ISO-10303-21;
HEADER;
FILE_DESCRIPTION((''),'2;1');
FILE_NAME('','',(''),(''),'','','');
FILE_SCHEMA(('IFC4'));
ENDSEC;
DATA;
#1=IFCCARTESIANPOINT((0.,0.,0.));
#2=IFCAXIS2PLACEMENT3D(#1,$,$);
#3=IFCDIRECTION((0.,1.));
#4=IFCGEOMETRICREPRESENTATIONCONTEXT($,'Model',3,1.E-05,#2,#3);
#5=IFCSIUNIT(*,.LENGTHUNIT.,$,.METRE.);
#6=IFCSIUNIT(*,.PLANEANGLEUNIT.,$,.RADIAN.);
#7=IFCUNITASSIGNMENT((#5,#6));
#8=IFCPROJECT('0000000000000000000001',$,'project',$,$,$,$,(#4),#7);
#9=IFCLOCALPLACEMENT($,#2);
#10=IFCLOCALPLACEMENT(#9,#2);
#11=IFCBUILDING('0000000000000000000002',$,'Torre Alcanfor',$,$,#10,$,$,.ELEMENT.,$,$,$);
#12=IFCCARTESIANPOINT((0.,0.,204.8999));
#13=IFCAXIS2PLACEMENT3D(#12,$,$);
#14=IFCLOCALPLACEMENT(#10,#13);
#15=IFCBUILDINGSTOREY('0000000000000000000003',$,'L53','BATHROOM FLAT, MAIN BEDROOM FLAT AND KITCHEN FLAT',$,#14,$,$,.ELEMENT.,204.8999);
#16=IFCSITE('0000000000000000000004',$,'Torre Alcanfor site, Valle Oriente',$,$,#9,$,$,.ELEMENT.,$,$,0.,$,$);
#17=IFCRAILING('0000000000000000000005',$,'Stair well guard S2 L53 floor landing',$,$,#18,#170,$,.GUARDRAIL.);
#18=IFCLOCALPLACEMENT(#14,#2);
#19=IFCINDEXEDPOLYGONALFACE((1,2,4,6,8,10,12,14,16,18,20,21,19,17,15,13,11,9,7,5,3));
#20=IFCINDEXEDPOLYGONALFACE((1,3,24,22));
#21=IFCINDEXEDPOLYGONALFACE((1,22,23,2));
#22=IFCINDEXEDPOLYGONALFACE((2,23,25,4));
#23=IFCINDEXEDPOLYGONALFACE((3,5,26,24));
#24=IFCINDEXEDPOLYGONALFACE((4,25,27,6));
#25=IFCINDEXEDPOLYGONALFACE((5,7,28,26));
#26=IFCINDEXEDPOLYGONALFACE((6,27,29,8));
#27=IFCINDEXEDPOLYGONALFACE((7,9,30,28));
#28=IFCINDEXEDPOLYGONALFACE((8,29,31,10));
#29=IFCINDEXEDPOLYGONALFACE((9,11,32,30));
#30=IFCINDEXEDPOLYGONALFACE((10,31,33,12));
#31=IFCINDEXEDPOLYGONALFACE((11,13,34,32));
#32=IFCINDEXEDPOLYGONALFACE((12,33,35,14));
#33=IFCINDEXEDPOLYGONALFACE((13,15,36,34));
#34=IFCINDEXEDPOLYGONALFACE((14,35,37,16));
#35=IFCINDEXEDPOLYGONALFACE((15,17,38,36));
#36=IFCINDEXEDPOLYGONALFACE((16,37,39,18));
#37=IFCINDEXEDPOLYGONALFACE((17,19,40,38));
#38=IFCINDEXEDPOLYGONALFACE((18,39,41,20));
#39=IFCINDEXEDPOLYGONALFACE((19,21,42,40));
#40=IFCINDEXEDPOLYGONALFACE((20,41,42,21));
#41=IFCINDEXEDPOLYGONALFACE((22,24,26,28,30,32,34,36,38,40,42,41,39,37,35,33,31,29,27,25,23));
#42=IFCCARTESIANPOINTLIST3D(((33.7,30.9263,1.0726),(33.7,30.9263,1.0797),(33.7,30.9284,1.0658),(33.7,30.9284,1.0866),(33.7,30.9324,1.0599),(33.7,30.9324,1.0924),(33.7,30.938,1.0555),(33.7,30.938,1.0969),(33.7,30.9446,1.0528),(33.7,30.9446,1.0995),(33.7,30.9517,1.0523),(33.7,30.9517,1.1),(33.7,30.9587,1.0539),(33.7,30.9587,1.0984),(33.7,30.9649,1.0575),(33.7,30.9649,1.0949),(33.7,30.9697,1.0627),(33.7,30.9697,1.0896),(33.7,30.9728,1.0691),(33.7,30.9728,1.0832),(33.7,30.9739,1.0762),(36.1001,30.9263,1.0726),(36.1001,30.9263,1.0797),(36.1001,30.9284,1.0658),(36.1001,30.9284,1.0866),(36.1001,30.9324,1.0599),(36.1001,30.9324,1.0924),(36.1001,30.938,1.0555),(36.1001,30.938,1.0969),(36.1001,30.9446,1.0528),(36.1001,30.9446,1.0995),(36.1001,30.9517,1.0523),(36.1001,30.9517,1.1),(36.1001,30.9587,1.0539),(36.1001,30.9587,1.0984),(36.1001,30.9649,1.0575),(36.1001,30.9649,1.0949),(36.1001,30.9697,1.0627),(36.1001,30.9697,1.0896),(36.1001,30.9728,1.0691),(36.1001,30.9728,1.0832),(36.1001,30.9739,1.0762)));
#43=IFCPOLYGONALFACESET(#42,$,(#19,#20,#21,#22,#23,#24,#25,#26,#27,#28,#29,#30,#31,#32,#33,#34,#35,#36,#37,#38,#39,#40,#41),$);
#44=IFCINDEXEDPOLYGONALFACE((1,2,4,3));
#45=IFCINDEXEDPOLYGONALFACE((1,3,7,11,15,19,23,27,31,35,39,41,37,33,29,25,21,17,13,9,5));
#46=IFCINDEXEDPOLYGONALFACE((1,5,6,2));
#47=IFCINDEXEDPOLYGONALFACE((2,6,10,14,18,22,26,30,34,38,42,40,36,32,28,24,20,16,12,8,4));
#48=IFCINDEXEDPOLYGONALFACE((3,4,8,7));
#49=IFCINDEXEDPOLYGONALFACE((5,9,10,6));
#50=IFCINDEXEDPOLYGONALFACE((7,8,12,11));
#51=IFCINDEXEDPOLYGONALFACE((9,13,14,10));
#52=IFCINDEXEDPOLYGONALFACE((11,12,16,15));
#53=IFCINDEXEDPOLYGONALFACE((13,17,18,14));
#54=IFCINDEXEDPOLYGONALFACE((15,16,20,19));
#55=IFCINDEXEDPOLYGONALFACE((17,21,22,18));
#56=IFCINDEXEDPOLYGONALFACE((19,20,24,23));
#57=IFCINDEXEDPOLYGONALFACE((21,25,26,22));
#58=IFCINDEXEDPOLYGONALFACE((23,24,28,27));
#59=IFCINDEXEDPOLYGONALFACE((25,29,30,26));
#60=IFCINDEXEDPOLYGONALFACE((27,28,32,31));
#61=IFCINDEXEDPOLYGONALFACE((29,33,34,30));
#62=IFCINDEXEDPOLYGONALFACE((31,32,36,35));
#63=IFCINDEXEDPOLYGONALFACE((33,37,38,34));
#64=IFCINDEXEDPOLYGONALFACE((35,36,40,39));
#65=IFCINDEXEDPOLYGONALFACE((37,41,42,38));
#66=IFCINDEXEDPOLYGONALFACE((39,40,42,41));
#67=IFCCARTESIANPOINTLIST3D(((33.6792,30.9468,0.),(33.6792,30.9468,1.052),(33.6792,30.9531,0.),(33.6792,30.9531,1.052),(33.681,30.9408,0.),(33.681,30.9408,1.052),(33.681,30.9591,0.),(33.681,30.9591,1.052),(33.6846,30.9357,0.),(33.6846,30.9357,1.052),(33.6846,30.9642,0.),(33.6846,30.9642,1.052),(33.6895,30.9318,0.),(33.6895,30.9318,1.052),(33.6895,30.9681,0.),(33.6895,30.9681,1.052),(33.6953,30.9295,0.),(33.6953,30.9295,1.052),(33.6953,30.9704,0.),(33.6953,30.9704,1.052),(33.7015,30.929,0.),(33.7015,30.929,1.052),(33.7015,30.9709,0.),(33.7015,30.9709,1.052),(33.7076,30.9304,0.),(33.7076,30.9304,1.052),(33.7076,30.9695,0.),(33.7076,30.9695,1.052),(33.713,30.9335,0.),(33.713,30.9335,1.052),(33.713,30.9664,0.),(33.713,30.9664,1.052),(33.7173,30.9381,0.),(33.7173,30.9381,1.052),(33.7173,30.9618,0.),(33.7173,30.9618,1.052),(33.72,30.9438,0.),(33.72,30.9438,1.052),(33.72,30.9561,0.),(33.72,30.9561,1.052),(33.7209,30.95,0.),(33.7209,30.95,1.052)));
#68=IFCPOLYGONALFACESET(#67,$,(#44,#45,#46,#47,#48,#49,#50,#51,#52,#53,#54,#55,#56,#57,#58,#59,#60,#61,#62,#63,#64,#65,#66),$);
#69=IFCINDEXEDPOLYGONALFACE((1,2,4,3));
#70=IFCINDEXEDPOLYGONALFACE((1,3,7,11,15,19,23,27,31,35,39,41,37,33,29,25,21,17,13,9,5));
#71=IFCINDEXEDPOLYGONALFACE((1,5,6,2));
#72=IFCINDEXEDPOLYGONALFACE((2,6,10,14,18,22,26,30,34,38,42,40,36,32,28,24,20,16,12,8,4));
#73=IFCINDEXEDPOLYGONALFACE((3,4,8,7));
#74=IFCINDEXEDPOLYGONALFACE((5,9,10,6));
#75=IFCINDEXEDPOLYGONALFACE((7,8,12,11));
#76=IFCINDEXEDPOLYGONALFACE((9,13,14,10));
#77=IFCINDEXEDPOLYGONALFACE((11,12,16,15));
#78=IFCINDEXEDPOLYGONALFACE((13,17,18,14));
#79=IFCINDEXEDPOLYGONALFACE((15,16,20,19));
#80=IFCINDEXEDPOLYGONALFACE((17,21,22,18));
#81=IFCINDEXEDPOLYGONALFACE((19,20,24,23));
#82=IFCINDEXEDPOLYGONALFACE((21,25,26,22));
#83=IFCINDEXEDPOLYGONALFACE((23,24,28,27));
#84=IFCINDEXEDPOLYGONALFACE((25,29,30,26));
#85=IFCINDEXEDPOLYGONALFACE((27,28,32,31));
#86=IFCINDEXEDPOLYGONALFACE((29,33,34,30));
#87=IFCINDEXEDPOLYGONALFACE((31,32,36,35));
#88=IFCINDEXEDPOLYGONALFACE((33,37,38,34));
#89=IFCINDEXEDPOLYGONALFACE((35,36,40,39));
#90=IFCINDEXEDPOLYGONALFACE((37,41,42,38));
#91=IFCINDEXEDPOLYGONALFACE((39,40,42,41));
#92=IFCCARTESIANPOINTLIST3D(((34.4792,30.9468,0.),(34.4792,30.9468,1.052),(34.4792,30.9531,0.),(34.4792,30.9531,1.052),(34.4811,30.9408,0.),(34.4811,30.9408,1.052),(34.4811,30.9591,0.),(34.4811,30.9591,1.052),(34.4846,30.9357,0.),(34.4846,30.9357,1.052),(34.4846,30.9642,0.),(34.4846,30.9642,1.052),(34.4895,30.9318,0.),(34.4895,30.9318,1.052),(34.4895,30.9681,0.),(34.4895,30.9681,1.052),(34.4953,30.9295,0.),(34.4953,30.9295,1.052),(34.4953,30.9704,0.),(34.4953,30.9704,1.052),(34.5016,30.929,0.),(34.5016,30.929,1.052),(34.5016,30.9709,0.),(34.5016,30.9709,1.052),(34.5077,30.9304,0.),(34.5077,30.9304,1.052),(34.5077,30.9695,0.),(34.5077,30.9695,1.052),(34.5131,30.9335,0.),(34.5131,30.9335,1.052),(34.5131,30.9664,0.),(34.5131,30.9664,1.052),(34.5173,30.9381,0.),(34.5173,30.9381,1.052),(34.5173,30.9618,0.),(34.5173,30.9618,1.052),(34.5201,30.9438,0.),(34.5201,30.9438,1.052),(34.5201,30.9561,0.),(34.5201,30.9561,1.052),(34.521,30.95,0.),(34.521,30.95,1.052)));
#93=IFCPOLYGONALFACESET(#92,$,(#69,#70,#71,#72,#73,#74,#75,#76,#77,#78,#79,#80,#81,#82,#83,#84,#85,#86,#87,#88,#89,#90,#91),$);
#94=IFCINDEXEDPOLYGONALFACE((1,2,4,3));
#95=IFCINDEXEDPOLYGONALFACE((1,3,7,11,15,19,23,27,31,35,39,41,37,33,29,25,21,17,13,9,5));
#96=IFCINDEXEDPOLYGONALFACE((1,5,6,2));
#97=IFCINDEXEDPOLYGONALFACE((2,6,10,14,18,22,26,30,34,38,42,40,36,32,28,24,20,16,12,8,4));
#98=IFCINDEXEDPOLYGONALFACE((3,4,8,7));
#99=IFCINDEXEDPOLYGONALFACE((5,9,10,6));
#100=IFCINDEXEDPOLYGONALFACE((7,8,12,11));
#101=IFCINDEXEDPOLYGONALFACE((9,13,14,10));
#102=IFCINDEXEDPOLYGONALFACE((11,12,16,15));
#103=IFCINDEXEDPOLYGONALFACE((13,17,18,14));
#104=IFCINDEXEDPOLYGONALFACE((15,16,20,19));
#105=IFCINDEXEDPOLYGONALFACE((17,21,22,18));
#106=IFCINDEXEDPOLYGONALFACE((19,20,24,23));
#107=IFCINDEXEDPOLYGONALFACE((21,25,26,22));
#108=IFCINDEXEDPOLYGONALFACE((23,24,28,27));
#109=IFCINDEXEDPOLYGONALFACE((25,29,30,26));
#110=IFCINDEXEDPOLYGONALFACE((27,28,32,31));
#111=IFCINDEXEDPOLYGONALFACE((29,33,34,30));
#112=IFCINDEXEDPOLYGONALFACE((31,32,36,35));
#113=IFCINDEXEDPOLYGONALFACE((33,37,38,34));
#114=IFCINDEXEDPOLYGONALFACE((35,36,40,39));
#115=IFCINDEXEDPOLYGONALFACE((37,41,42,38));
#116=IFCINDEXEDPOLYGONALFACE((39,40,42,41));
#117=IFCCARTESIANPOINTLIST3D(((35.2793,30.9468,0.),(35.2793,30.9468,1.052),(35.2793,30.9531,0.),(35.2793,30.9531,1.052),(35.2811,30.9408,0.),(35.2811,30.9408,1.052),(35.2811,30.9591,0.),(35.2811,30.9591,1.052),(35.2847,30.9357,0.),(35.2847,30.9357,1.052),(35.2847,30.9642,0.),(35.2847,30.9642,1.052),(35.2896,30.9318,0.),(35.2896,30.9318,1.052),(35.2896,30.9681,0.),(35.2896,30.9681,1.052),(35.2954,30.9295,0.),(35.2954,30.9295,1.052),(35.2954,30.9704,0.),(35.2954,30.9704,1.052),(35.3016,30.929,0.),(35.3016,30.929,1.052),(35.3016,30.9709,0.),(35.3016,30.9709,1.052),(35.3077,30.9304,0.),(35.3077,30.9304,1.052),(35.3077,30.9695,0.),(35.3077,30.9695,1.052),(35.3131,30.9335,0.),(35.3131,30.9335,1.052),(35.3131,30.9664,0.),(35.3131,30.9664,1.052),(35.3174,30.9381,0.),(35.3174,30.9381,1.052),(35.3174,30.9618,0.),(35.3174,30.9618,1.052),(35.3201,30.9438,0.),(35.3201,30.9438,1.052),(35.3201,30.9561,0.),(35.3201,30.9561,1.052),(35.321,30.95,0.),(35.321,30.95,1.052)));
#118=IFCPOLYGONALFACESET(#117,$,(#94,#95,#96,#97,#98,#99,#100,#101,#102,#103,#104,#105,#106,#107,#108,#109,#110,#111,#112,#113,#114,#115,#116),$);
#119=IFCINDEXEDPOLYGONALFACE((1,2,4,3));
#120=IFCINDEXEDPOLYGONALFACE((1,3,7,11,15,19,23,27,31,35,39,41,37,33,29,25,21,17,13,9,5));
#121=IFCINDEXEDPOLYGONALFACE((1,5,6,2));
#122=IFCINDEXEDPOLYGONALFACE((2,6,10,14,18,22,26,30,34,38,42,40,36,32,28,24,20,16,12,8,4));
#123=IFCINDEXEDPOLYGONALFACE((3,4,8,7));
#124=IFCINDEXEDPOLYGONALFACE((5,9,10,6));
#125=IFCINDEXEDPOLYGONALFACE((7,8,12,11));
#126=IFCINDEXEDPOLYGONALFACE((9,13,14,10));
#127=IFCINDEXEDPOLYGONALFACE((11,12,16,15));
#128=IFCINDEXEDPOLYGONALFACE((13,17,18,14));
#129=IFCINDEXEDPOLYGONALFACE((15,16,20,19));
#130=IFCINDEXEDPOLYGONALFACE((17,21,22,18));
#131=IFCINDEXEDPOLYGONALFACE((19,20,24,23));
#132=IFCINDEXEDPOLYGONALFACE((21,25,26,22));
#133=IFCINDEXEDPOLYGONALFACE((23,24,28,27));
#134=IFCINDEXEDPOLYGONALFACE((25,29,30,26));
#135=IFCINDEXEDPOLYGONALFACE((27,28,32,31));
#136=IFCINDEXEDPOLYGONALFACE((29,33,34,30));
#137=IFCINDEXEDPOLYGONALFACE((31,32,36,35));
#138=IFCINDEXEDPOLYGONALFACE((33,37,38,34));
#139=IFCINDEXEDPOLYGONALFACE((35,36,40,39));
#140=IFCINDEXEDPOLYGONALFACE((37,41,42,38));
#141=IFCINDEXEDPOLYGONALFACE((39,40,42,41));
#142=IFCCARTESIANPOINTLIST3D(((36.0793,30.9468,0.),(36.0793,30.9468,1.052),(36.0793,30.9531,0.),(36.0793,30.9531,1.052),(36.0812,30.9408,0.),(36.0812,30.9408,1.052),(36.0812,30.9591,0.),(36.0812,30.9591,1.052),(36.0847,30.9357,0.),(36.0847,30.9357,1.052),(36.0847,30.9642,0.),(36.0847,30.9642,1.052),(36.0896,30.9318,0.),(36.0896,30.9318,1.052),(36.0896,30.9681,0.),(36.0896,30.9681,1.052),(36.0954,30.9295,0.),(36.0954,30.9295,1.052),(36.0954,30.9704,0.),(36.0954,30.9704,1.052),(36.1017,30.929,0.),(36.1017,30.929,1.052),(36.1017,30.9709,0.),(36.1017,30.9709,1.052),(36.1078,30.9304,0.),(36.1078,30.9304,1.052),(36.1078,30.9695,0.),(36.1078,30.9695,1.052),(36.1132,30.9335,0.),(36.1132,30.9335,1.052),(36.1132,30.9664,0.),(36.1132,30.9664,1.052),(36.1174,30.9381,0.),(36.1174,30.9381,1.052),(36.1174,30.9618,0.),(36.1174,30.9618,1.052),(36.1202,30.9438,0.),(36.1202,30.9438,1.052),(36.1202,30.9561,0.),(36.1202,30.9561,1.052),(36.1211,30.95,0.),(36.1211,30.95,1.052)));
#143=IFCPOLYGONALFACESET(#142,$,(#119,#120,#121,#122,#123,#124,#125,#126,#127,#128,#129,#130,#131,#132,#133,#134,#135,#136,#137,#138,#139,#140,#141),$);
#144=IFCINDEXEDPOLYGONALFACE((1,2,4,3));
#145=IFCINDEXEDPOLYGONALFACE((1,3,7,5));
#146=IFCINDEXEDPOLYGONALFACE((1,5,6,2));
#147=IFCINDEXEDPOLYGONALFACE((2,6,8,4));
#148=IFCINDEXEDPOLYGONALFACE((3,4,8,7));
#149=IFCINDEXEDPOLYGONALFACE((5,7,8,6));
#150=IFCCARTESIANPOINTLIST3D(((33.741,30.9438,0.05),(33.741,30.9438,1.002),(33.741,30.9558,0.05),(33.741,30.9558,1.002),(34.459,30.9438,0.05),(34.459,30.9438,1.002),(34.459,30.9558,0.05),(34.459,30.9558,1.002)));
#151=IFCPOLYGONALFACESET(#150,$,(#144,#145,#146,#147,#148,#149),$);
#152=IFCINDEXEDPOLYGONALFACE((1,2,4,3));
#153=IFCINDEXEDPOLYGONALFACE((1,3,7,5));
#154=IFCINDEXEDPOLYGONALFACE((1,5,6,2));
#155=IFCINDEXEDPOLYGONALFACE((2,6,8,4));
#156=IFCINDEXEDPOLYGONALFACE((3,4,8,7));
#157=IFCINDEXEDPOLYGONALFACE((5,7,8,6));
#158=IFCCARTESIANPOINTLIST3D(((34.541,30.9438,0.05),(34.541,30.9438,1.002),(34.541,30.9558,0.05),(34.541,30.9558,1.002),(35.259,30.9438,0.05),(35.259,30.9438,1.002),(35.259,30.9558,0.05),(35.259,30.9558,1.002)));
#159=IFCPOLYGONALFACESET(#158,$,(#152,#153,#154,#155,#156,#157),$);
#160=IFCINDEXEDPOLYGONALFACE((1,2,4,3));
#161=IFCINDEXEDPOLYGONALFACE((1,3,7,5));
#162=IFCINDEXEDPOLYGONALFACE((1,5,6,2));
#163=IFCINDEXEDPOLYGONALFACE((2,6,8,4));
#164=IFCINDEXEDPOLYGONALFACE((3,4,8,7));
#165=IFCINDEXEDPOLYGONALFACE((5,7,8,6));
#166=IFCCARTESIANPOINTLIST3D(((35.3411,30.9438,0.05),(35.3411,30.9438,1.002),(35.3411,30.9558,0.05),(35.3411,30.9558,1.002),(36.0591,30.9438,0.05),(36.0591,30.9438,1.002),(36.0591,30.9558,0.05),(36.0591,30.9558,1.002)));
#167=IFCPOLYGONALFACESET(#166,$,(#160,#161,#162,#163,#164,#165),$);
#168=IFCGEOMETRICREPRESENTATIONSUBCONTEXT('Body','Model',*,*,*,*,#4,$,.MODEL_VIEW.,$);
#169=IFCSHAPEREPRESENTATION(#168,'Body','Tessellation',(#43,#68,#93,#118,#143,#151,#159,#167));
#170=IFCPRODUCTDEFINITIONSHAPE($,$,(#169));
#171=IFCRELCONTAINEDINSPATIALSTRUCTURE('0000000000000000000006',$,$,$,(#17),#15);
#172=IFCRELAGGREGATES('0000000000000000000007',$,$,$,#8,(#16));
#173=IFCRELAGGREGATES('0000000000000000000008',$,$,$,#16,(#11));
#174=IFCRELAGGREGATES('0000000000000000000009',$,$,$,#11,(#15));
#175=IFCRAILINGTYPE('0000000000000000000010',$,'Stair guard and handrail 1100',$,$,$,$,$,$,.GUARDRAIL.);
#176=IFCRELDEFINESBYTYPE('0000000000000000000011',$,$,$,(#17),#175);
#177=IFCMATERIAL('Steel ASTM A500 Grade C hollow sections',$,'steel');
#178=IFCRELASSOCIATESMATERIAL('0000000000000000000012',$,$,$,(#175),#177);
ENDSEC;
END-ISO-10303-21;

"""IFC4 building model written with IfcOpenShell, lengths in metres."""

from ifc_helpers import new_model, si_unit, direction, frame, origin, origin_2d, place, context, subcontext, project, spatial, polyline, circle, outline, extrude, material, type_object, element, save


model = new_model("IFC4")

# Units and contexts
model_context = context("Model", 3, precision=1e-05, world=origin(), true_north=direction((0.0, 1.0)))
body_context = subcontext(model_context, "Body", "Model", "MODEL_VIEW")
ifc_project = project(units=[si_unit("LENGTHUNIT", "METRE"), si_unit("PLANEANGLEUNIT", "RADIAN")], contexts=[model_context])

# Site, building, storey
site_placement = place(None, origin())
site = spatial("IfcSite", under=ifc_project, at=site_placement, Name="Torre Alcanfor site, Valle Oriente", CompositionType="ELEMENT", RefElevation=0.0)
building_placement = place(site_placement, origin())
building = spatial("IfcBuilding", under=site, at=building_placement, Name="Torre Alcanfor", CompositionType="ELEMENT")
storey_placement = place(building_placement, frame((0.0, 0.0, 204.8999)))
storey = spatial("IfcBuildingStorey", under=building, at=storey_placement, Name="L53", Description="BATHROOM FLAT, MAIN BEDROOM FLAT AND KITCHEN FLAT", CompositionType="ELEMENT", Elevation=204.8999)

# Railing
ifc_material_1 = material(Name="Steel ASTM A500 Grade C hollow sections", Category="steel")
railing_type_1 = type_object("IfcRailingType", Name="Stair guard and handrail 1100", PredefinedType="GUARDRAIL", material=ifc_material_1)
for number, where, name in (
    (1, (33.7, 30.95, 0.0), "Stair well guard S2 L53 floor landing"),
):
    element("IfcRailing", number, at=place(storey_placement, frame(where)), inside=storey, type_object=railing_type_1, Name=name, PredefinedType="GUARDRAIL", context=body_context, shape_type="SweptSolid", body=[
        extrude(circle(Radius=0.0239, at=origin_2d()), frame((0.0, 0.0, 1.0762), z_axis=(1.0, 0.0, 0.0), x_axis=(0.0, 1.0, 0.0)), (0.0, 0.0, 1.0), 2.4001),
        extrude(circle(Radius=0.021, at=origin_2d()), origin(), (0.0, 0.0, 1.0), 1.052),
        extrude(circle(Radius=0.021, at=origin_2d()), frame((0.8, 0.0, 0.0)), (0.0, 0.0, 1.0), 1.052),
        extrude(circle(Radius=0.021, at=origin_2d()), frame((1.6001, 0.0, 0.0)), (0.0, 0.0, 1.0), 1.052),
        extrude(circle(Radius=0.021, at=origin_2d()), frame((2.4001, 0.0, 0.0)), (0.0, 0.0, 1.0), 1.052),
        extrude(outline(polyline([(0.041, 0.05), (0.759, 0.05), (0.759, 1.002), (0.041, 1.002), (0.041, 0.05)])), frame((0.0, 0.0059, 0.0), z_axis=(0.0, -1.0, 0.0), x_axis=(1.0, 0.0, 0.0)), (0.0, 0.0, 1.0), 0.012),
        extrude(outline(polyline([(0.8411, 0.05), (1.5591, 0.05), (1.5591, 1.002), (0.8411, 1.002), (0.8411, 0.05)])), frame((0.0, 0.0059, 0.0), z_axis=(0.0, -1.0, 0.0), x_axis=(1.0, 0.0, 0.0)), (0.0, 0.0, 1.0), 0.012),
        extrude(outline(polyline([(1.6411, 0.05), (2.3591, 0.05), (2.3591, 1.002), (1.6411, 1.002), (1.6411, 0.05)])), frame((0.0, 0.0059, 0.0), z_axis=(0.0, -1.0, 0.0), x_axis=(1.0, 0.0, 0.0)), (0.0, 0.0, 1.0), 0.012),
    ])

save(model, "model.ifc")
